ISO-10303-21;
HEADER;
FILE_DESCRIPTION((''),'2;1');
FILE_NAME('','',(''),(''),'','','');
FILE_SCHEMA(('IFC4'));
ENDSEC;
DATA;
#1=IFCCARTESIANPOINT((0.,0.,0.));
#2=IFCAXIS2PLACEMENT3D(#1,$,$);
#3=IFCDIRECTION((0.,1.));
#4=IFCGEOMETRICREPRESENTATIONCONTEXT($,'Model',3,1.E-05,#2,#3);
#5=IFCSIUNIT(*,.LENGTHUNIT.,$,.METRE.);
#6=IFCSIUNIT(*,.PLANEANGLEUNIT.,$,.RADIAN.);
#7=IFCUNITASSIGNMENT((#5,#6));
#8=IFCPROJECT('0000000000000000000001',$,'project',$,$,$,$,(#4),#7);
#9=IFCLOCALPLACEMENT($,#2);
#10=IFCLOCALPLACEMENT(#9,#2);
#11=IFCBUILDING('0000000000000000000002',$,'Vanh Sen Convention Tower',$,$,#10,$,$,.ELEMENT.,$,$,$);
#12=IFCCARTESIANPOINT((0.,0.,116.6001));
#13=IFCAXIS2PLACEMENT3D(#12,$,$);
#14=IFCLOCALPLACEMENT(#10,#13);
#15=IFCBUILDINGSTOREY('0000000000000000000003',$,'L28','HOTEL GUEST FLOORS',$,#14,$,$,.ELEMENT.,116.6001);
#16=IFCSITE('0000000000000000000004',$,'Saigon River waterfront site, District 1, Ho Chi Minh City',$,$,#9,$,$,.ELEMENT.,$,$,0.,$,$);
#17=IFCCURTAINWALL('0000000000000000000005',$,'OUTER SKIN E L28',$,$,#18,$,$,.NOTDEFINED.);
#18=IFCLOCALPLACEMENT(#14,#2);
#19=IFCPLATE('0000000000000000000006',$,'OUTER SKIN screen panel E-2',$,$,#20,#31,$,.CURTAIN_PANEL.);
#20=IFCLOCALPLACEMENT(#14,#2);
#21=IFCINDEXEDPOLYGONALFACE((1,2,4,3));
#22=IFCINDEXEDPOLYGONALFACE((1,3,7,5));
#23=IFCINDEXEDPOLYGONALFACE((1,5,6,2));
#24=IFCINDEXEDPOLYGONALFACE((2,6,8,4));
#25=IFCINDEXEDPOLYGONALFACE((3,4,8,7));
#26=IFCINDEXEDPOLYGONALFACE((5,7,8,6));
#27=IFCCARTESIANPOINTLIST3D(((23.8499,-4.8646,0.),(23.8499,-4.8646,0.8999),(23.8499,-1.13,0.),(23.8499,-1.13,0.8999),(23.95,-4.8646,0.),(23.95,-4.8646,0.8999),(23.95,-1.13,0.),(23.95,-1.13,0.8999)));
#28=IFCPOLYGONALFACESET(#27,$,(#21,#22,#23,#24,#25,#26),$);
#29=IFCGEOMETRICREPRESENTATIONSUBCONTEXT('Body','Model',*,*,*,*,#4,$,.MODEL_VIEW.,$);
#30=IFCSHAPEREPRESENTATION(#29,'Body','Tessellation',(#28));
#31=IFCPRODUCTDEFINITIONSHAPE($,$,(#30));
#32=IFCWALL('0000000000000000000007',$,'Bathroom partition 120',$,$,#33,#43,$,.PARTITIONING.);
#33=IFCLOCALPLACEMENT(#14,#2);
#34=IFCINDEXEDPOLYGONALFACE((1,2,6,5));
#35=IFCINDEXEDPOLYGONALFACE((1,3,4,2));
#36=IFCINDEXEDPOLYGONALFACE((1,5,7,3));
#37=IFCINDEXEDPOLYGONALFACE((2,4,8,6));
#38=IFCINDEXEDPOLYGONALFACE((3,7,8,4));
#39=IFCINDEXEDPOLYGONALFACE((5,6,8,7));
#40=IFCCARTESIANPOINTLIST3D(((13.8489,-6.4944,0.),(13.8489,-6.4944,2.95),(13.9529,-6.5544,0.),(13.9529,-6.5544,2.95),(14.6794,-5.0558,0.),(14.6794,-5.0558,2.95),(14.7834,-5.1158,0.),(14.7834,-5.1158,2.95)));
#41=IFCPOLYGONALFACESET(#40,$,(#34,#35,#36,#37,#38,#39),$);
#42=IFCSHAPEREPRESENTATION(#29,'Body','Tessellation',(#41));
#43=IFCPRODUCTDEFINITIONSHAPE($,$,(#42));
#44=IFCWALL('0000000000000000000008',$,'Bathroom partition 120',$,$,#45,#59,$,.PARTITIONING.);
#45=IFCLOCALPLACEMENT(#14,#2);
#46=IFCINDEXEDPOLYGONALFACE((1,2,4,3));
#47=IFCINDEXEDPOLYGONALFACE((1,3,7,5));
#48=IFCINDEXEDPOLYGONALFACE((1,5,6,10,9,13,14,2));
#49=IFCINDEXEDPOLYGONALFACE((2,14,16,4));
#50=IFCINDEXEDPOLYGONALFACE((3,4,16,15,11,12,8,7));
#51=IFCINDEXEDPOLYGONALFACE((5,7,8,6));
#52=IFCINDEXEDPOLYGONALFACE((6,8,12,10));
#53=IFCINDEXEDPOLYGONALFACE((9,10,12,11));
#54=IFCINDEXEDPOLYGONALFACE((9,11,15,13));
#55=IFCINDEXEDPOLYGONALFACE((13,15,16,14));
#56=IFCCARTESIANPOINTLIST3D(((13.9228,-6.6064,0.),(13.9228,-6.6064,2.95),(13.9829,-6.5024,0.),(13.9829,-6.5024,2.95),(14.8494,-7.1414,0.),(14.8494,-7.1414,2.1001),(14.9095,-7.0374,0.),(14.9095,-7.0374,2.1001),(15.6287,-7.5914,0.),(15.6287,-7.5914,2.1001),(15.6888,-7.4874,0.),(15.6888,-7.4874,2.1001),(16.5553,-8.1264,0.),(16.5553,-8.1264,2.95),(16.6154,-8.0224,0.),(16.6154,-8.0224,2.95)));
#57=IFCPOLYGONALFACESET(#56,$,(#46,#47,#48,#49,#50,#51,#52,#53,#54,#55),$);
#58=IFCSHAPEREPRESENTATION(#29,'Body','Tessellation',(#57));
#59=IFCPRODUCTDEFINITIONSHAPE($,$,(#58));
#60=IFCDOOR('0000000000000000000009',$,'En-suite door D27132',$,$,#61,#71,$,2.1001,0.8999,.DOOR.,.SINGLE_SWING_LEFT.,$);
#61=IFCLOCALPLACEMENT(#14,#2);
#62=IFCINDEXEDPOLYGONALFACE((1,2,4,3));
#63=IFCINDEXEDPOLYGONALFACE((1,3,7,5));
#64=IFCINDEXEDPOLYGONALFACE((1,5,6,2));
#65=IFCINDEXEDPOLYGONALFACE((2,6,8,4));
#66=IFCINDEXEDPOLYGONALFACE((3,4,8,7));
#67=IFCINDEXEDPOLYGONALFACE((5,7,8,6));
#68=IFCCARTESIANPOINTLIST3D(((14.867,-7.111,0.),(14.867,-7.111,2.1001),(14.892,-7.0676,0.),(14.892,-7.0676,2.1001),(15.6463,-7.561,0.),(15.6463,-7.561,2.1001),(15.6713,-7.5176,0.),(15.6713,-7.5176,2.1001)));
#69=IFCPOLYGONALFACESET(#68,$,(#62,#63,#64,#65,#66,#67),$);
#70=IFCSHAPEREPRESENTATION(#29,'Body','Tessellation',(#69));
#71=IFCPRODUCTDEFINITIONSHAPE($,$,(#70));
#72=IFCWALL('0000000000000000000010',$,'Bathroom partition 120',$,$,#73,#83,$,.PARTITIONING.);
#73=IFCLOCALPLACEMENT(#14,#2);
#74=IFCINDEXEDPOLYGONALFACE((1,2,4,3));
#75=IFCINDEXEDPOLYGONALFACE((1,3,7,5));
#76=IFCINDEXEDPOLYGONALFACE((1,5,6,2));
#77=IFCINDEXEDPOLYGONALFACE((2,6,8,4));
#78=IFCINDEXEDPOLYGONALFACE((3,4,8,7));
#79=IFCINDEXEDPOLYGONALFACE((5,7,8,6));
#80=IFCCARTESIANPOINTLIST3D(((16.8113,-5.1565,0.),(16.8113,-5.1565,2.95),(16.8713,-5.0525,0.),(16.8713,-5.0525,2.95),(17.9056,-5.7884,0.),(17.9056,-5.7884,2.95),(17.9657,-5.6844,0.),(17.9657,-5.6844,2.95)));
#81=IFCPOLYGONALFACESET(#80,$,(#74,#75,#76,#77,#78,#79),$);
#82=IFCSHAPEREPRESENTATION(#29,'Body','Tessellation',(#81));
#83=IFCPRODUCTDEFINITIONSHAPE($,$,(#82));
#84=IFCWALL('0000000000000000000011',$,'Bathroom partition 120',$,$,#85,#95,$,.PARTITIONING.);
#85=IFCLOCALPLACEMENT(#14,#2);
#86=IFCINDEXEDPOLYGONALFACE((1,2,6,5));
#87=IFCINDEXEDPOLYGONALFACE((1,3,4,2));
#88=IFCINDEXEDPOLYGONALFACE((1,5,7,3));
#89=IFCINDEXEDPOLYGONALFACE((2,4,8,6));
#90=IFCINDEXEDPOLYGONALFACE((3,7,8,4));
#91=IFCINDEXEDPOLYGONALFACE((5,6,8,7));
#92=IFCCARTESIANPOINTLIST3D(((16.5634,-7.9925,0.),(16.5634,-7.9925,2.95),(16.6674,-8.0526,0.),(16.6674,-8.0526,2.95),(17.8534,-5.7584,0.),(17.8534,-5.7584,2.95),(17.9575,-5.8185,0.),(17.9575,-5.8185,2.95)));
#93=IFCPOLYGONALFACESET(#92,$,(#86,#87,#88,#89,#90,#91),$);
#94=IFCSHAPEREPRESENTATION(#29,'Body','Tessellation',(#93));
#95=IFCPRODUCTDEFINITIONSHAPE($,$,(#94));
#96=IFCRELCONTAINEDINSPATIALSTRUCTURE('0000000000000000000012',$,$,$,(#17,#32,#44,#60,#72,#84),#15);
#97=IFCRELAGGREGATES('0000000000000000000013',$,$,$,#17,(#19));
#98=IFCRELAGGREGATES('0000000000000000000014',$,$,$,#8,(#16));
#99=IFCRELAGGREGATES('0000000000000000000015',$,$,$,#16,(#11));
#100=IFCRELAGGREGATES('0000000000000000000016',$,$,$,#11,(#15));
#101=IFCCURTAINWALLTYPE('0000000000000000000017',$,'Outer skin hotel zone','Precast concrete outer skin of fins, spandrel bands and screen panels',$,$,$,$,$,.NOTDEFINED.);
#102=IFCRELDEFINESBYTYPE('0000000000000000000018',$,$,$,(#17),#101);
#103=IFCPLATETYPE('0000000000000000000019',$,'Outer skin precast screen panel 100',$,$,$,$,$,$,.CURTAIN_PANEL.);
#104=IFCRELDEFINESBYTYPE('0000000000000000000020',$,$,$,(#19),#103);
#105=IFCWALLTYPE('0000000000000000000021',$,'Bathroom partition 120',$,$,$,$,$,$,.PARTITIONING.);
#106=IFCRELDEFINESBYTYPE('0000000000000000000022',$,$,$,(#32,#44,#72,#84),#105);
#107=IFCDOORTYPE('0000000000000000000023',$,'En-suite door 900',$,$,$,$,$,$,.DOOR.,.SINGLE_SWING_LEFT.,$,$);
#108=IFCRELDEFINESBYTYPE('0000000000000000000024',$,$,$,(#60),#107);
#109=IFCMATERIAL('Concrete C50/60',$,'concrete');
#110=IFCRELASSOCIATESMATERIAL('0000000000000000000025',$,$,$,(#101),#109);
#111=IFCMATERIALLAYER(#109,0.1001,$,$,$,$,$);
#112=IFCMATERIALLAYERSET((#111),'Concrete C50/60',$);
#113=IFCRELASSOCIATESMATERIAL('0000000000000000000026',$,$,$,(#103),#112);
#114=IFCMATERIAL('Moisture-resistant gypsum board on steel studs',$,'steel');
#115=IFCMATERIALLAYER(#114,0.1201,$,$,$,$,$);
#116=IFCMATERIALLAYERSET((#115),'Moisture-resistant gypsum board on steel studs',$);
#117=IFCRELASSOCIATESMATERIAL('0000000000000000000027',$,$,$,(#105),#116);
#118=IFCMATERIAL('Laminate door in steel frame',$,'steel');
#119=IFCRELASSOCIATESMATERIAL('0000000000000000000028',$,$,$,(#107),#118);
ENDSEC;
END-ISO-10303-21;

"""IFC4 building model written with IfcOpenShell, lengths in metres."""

from ifc_helpers import new_model, si_unit, direction, frame, frame_2d, origin, origin_2d, place, context, subcontext, project, spatial, rectangle, extrude, material, layer, layer_set, type_object, element, fill, aggregate, save


model = new_model("IFC4")

# Units and contexts
model_context = context("Model", 3, precision=1e-05, world=origin(), true_north=direction((0.0, 1.0)))
body_context = subcontext(model_context, "Body", "Model", "MODEL_VIEW")
ifc_project = project(units=[si_unit("LENGTHUNIT", "METRE"), si_unit("PLANEANGLEUNIT", "RADIAN")], contexts=[model_context])

# Site, building, storey
site_placement = place(None, origin())
site = spatial("IfcSite", under=ifc_project, at=site_placement, Name="Saigon River waterfront site, District 1, Ho Chi Minh City", CompositionType="ELEMENT", RefElevation=0.0)
building_placement = place(site_placement, origin())
building = spatial("IfcBuilding", under=site, at=building_placement, Name="Vanh Sen Convention Tower", CompositionType="ELEMENT")
storey_placement = place(building_placement, frame((0.0, 0.0, 116.6001)))
storey = spatial("IfcBuildingStorey", under=building, at=storey_placement, Name="L28", Description="HOTEL GUEST FLOORS", CompositionType="ELEMENT", Elevation=116.6001)

# Curtain wall
ifc_material_1 = material(Name="Concrete C50/60", Category="concrete")
curtain_wall_type = type_object("IfcCurtainWallType", Name="Outer skin hotel zone", Description="Precast concrete outer skin of fins, spandrel bands and screen panels", PredefinedType="NOTDEFINED", material=ifc_material_1)
curtain_wall_placement = place(storey_placement, origin())
curtain_wall = element("IfcCurtainWall", 1, at=curtain_wall_placement, inside=storey, type_object=curtain_wall_type, Name="OUTER SKIN E L28", PredefinedType="NOTDEFINED")

# Plate
ifc_layer_1 = layer(ifc_material_1, 0.1001)
ifc_layer_set_1 = layer_set([ifc_layer_1], Name="Concrete C50/60")
plate_type = type_object("IfcPlateType", Name="Outer skin precast screen panel 100", PredefinedType="CURTAIN_PANEL", material=ifc_layer_set_1)
plate_1_placement = place(storey_placement, frame((23.8999, -2.9973, 0.0), z_axis=(0.0, 0.0, 1.0), x_axis=(0.0, 1.0, 0.0)))
plate_1 = element("IfcPlate", 2, at=plate_1_placement, type_object=plate_type, Name="OUTER SKIN screen panel E-2", PredefinedType="CURTAIN_PANEL", context=body_context, shape_type="SweptSolid", body=[
    extrude(rectangle(XDim=3.7346, YDim=0.1001, at=origin_2d()), origin(), (0.0, 0.0, 1.0), 0.8999),
])
aggregate(curtain_wall, [plate_1])

# Wall
ifc_material_2 = material(Name="Moisture-resistant gypsum board on steel studs", Category="steel")
ifc_layer_2 = layer(ifc_material_2, 0.1201)
ifc_layer_set_2 = layer_set([ifc_layer_2], Name="Moisture-resistant gypsum board on steel studs")
wall_type_1 = type_object("IfcWallType", Name="Bathroom partition 120", PredefinedType="PARTITIONING", material=ifc_layer_set_2)
wall_1_placement = place(storey_placement, frame((13.9009, -6.5244, 0.0), z_axis=(0.0, 0.0, 1.0), x_axis=(0.499964, 0.866046, 0.0)))
element("IfcWall", 3, at=wall_1_placement, inside=storey, type_object=wall_type_1, Name="Bathroom partition 120", PredefinedType="PARTITIONING", context=body_context, shape_type="SweptSolid", body=[
    extrude(rectangle(XDim=1.6611, YDim=0.1201, at=frame_2d((0.8306, 0.0))), origin(), (0.0, 0.0, 1.0), 2.95),
])

# Wall, opening, door
wall_2_placement = place(storey_placement, frame((16.5854, -8.0745, 0.0), z_axis=(0.0, 0.0, 1.0), x_axis=(-0.86601, 0.500026, 0.0)))
wall_2 = element("IfcWall", 4, at=wall_2_placement, inside=storey, type_object=wall_type_1, Name="Bathroom partition 120", PredefinedType="PARTITIONING", context=body_context, shape_type="SweptSolid", body=[
    extrude(rectangle(XDim=3.0398, YDim=0.1201, at=frame_2d((1.52, 0.0))), origin(), (0.0, 0.0, 1.0), 2.95),
])
opening_1_placement = place(wall_2_placement, frame((1.0701, 0.0, 0.0)))
opening_1 = element("IfcOpeningElement", 5, at=opening_1_placement, cuts=wall_2, PredefinedType="OPENING", context=body_context, shape_type="SweptSolid", body=[
    extrude(rectangle(XDim=0.8999, YDim=2.1001, at=frame_2d((0.45, 1.05))), frame((0.0, 0.0701, 0.0), z_axis=(0.0, -1.0, 0.0), x_axis=(1.0, 0.0, 0.0)), (0.0, 0.0, 1.0), 0.1401),
])
ifc_material_3 = material(Name="Laminate door in steel frame", Category="steel")
door_type = type_object("IfcDoorType", Name="En-suite door 900", OperationType="SINGLE_SWING_LEFT", PredefinedType="DOOR", material=ifc_material_3)
door_placement = place(opening_1_placement, origin())
door = element("IfcDoor", 6, at=door_placement, inside=storey, type_object=door_type, Name="En-suite door D27132", OperationType="SINGLE_SWING_LEFT", OverallHeight=2.1001, OverallWidth=0.8999, PredefinedType="DOOR", context=body_context, shape_type="SweptSolid", body=[
    extrude(rectangle(XDim=0.8999, YDim=2.1001, at=frame_2d((0.45, 1.05))), frame((0.0, 0.0249, 0.0), z_axis=(0.0, -1.0, 0.0), x_axis=(1.0, 0.0, 0.0)), (0.0, 0.0, 1.0), 0.05),
])
fill(opening_1, door)

# Walls
wall_3_placement = place(storey_placement, frame((16.8413, -5.1045, 0.0), z_axis=(0.0, 0.0, 1.0), x_axis=(0.865999, -0.500046, 0.0)))
element("IfcWall", 7, at=wall_3_placement, inside=storey, type_object=wall_type_1, Name="Bathroom partition 120", PredefinedType="PARTITIONING", context=body_context, shape_type="SweptSolid", body=[
    extrude(rectangle(XDim=1.2637, YDim=0.1201, at=frame_2d((0.6318, 0.0))), origin(), (0.0, 0.0, 1.0), 2.95),
])
wall_4_placement = place(storey_placement, frame((17.9055, -5.7883, 0.0), z_axis=(0.0, 0.0, 1.0), x_axis=(-0.500047, -0.865998, 0.0)))
element("IfcWall", 8, at=wall_4_placement, inside=storey, type_object=wall_type_1, Name="Bathroom partition 120", PredefinedType="PARTITIONING", context=body_context, shape_type="SweptSolid", body=[
    extrude(rectangle(XDim=2.5798, YDim=0.1201, at=frame_2d((1.29, 0.0))), origin(), (0.0, 0.0, 1.0), 2.95),
])

save(model, "model.ifc")
